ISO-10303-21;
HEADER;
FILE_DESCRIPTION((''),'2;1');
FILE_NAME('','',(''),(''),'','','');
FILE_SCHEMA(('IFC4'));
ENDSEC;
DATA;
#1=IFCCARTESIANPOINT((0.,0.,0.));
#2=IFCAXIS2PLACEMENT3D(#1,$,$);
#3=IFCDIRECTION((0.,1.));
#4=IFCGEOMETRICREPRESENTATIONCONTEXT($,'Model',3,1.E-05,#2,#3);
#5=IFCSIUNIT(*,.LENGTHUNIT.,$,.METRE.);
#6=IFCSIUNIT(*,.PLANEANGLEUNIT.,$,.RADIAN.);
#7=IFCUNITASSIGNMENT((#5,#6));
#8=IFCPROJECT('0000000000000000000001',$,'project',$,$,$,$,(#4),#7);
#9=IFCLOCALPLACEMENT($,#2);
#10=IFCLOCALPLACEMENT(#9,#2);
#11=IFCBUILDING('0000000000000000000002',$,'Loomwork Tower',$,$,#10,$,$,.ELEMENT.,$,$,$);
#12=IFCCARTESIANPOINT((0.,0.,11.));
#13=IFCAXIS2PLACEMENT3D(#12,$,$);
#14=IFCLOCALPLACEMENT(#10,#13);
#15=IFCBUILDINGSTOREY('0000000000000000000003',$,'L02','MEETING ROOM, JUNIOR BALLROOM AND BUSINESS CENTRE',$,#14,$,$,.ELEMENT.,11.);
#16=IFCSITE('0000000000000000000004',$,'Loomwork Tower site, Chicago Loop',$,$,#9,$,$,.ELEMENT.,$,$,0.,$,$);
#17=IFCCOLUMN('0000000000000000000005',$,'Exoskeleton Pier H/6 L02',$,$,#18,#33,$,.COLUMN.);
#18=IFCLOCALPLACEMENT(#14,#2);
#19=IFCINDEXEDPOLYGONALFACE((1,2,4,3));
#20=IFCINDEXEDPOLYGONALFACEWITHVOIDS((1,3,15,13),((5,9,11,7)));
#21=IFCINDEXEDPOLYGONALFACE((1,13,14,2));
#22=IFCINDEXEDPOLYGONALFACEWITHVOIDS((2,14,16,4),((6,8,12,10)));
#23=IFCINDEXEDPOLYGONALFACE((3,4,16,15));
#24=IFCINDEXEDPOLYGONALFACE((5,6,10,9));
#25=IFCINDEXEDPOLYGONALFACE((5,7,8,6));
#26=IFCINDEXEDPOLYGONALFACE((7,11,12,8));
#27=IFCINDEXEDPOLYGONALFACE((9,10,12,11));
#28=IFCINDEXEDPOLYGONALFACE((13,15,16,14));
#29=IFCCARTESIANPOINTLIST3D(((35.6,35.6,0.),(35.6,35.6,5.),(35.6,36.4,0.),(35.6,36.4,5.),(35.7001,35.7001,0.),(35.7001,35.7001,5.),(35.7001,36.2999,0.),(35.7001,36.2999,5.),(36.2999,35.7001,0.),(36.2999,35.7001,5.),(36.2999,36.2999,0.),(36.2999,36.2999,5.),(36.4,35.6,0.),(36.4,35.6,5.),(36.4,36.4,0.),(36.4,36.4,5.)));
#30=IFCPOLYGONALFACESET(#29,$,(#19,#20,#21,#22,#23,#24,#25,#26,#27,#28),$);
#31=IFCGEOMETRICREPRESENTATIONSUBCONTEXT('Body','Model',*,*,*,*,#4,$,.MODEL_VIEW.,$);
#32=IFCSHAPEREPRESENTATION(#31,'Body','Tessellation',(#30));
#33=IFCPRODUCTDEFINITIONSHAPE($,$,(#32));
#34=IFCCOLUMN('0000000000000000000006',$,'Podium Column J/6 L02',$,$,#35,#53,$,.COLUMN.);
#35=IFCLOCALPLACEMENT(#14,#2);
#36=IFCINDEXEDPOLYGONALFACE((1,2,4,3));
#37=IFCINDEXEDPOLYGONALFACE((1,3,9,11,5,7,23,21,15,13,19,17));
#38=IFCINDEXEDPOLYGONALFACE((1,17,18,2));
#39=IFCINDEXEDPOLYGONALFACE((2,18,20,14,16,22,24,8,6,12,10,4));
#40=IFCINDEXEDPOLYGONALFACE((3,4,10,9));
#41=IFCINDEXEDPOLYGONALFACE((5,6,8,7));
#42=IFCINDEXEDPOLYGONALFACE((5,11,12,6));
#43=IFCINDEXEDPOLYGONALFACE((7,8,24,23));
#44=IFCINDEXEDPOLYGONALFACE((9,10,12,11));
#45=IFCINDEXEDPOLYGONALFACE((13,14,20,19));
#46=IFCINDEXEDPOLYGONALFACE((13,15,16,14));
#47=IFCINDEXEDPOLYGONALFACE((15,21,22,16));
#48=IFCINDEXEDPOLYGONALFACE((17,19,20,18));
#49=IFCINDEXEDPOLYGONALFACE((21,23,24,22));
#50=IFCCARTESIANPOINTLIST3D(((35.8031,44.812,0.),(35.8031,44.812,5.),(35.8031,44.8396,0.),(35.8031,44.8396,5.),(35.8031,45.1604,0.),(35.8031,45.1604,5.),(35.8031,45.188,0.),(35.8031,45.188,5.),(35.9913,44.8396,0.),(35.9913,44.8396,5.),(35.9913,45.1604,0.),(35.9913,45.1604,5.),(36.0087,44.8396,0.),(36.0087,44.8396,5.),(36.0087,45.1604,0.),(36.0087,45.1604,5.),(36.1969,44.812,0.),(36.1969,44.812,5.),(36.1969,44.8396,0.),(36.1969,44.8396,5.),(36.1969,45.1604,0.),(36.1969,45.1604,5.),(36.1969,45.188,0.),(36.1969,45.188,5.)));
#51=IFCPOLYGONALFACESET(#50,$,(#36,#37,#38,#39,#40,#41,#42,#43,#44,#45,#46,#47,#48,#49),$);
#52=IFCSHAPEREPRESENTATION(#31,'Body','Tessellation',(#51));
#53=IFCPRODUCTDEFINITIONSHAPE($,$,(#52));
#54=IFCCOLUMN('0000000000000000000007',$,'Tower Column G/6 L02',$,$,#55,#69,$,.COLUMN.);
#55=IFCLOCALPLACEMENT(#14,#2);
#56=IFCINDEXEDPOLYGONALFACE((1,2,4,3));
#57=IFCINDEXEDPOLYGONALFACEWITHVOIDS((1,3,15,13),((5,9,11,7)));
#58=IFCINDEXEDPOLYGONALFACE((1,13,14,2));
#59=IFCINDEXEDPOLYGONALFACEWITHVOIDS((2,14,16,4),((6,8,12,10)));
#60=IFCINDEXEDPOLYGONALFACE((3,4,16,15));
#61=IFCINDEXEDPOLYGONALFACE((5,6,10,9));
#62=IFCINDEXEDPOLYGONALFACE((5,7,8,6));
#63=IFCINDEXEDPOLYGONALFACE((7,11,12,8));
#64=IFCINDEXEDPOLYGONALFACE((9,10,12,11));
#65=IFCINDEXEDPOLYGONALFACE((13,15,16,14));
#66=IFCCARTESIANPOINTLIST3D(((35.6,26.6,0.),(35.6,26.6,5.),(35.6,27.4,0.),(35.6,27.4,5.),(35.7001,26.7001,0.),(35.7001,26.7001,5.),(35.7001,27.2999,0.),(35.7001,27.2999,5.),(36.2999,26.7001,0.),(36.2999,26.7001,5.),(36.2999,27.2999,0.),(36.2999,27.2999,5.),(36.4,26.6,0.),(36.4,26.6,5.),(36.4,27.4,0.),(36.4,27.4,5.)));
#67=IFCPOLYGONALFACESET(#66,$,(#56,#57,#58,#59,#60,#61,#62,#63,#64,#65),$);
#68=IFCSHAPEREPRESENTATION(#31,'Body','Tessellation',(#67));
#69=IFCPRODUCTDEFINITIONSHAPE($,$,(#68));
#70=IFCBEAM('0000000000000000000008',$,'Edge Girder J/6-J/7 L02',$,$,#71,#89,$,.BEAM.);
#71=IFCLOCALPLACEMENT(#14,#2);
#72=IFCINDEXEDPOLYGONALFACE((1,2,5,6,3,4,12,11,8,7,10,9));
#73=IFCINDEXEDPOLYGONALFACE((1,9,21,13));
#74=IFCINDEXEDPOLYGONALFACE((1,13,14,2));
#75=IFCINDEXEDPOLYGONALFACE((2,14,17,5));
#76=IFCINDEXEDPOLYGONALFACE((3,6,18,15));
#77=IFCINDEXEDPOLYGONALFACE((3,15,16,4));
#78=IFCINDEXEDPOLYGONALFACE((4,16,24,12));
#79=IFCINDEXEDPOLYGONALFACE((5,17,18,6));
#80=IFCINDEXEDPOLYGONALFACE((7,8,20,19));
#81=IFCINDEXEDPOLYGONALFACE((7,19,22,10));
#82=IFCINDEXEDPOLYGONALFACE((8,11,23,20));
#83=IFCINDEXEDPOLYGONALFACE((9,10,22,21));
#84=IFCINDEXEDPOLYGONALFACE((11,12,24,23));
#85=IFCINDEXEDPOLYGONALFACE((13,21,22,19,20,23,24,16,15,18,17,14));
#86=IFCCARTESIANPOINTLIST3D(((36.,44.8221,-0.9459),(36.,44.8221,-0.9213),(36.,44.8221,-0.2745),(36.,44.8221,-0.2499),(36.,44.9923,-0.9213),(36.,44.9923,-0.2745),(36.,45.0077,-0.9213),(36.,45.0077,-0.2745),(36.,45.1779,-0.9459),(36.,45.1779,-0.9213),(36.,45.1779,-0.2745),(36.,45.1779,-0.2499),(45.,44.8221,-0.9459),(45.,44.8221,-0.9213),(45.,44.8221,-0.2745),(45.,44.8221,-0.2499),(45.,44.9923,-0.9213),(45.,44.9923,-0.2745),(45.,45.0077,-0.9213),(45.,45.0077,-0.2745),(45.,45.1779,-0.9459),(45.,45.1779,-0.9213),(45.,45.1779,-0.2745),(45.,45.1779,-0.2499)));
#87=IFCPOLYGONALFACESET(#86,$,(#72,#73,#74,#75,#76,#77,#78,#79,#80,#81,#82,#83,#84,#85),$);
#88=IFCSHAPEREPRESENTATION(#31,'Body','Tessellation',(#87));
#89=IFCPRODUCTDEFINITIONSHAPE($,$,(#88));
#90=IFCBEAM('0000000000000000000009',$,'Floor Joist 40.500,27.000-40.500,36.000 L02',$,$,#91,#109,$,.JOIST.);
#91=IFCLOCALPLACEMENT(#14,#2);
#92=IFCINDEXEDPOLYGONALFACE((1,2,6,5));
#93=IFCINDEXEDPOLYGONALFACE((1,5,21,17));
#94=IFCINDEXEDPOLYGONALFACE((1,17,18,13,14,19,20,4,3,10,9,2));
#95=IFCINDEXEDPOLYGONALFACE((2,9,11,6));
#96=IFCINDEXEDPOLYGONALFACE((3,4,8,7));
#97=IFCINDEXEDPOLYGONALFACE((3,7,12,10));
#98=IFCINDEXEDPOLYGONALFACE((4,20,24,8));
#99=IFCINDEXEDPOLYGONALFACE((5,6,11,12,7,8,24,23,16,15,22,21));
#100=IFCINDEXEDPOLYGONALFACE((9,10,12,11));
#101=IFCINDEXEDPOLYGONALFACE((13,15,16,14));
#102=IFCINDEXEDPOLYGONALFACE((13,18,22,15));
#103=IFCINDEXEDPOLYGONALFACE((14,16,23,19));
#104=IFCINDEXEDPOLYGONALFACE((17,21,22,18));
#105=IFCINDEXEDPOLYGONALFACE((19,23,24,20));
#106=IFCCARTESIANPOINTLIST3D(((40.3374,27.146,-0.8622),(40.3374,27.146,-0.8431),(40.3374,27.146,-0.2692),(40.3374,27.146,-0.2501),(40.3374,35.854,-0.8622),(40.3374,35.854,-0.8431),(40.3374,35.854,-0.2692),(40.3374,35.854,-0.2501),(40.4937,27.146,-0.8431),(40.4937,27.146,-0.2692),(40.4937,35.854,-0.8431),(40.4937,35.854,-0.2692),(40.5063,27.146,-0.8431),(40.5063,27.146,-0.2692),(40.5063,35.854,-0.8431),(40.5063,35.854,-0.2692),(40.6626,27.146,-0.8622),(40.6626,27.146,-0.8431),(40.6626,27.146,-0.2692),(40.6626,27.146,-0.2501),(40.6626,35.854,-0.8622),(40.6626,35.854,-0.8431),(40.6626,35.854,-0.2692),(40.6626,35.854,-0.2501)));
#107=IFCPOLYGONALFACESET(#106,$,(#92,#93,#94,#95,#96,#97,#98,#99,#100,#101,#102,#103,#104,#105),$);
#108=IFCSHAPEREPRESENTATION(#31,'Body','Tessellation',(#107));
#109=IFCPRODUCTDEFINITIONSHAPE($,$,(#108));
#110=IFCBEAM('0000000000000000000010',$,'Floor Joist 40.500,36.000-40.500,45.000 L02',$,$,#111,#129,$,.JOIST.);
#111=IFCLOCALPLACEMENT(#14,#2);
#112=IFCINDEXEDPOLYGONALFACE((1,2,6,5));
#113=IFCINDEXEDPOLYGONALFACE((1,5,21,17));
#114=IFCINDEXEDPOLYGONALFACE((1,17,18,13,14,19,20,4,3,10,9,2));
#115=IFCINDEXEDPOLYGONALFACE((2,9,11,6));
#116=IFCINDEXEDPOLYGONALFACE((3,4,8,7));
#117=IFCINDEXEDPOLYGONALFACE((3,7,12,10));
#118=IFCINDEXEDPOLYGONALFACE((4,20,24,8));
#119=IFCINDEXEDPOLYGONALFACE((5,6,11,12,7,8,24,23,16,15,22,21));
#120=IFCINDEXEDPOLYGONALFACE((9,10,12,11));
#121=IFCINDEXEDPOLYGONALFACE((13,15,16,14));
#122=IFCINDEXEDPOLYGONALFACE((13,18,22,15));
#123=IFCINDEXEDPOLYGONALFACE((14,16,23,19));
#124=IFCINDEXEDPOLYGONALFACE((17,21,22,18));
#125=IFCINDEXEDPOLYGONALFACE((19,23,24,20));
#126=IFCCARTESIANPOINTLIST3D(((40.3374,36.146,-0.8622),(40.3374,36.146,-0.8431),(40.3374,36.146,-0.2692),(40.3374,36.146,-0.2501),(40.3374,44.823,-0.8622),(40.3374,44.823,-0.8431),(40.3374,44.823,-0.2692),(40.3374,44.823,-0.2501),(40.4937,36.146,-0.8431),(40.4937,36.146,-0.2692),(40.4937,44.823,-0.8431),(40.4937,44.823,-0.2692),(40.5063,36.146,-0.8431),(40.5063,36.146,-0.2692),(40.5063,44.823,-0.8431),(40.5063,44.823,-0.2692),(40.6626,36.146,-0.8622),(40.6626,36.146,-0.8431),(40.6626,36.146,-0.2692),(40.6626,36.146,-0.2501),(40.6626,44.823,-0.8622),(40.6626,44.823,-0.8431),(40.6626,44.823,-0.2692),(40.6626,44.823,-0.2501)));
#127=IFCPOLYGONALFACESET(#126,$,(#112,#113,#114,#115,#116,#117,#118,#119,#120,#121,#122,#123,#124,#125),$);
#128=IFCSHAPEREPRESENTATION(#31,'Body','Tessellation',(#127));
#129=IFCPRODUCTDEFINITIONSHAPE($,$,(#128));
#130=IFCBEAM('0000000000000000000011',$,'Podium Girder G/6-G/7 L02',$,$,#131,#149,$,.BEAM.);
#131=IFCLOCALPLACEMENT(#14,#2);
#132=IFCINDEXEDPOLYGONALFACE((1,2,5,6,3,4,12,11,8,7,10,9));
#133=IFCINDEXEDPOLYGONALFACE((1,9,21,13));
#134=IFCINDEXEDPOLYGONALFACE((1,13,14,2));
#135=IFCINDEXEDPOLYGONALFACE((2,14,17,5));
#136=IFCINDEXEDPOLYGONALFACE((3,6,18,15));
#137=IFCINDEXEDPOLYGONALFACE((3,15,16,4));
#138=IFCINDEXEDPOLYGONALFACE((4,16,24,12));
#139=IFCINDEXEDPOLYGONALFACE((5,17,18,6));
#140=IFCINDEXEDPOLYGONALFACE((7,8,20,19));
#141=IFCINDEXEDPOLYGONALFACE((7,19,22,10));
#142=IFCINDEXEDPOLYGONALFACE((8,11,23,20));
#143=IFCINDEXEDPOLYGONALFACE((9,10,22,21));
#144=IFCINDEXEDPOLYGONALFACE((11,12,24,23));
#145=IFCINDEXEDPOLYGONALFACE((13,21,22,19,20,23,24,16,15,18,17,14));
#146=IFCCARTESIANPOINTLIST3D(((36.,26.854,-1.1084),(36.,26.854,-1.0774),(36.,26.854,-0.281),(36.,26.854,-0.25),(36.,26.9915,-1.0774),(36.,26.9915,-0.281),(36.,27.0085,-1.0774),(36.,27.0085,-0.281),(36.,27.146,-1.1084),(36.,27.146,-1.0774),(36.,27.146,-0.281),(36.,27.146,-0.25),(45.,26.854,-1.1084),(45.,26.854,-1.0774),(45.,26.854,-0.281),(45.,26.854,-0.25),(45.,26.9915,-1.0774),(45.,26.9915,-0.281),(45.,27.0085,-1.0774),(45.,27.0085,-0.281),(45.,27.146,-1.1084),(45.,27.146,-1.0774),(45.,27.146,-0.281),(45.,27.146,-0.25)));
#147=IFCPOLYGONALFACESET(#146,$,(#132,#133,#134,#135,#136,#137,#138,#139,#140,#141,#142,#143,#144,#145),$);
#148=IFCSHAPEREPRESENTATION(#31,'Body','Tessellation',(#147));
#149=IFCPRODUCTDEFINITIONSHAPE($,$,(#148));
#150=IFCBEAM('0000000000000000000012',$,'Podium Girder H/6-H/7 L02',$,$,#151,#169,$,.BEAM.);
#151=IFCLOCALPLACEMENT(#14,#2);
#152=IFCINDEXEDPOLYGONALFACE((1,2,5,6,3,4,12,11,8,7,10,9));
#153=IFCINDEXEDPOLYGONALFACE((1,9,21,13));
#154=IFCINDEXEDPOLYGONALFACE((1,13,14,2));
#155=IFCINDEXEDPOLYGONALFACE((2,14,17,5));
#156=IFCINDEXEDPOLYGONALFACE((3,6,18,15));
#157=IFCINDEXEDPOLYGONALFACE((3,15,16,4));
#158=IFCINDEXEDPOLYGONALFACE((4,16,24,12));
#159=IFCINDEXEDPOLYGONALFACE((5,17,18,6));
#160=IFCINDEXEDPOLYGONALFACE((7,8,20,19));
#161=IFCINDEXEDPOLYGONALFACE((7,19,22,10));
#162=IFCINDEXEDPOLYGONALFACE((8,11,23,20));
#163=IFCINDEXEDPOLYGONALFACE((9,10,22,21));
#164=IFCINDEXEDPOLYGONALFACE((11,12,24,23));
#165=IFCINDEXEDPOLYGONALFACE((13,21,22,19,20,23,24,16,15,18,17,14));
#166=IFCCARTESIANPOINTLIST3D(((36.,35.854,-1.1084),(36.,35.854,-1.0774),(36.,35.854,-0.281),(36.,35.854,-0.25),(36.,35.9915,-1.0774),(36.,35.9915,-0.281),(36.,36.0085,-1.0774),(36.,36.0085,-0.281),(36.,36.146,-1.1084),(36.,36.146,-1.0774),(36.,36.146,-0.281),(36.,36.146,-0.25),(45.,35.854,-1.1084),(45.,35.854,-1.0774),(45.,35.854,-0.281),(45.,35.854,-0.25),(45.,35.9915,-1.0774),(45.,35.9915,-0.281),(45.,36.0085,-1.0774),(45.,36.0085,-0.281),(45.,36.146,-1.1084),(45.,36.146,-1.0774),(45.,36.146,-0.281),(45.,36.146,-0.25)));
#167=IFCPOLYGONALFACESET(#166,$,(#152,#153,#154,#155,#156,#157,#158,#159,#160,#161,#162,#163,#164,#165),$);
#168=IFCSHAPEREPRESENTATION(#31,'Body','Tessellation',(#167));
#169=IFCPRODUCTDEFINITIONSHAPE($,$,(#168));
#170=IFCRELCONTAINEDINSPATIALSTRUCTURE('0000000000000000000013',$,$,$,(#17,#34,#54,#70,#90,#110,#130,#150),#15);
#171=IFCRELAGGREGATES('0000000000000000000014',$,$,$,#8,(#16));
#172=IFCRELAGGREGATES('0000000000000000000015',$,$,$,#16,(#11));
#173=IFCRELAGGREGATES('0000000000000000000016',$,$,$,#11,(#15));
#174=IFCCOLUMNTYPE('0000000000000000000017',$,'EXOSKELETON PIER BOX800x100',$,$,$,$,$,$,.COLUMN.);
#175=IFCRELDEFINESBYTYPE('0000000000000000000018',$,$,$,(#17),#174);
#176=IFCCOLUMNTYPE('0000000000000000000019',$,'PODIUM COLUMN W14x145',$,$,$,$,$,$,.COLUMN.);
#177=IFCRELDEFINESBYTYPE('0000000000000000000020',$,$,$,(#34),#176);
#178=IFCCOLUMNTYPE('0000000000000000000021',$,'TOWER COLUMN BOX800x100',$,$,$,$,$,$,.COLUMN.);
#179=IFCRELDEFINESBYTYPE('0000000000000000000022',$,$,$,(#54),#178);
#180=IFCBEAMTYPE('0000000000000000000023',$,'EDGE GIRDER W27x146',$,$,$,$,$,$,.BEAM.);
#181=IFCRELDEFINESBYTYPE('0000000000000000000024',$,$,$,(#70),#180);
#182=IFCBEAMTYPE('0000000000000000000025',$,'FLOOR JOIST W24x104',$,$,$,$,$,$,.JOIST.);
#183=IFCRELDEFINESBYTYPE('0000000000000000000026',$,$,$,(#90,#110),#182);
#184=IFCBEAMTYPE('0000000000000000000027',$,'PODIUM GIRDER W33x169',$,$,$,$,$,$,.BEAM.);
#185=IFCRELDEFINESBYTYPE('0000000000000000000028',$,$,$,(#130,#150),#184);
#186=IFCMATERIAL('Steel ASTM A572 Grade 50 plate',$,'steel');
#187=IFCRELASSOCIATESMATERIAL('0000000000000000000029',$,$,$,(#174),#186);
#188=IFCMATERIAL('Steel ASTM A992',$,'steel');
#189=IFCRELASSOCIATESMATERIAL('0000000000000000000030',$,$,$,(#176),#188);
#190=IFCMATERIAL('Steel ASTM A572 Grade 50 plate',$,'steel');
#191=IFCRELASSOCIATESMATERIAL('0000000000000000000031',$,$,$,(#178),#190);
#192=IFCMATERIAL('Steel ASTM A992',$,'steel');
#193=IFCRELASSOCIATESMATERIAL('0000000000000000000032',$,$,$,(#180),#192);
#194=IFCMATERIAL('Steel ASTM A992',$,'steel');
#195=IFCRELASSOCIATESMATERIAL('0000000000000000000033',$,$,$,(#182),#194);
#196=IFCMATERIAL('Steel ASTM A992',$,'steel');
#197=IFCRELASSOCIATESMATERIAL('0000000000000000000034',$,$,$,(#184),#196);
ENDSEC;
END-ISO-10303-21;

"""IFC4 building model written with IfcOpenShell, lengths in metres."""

from ifc_helpers import new_model, si_unit, direction, frame, origin, origin_2d, place, context, subcontext, project, spatial, hollow_rectangle, i_section, extrude, material, material_profile, profile_set, type_object, element, save


model = new_model("IFC4")

# Units and contexts
model_context = context("Model", 3, precision=1e-05, world=origin(), true_north=direction((0.0, 1.0)))
body_context = subcontext(model_context, "Body", "Model", "MODEL_VIEW")
ifc_project = project(units=[si_unit("LENGTHUNIT", "METRE"), si_unit("PLANEANGLEUNIT", "RADIAN")], contexts=[model_context])

# Site, building, storey
site_placement = place(None, origin())
site = spatial("IfcSite", under=ifc_project, at=site_placement, Name="Loomwork Tower site, Chicago Loop", CompositionType="ELEMENT", RefElevation=0.0)
building_placement = place(site_placement, origin())
building = spatial("IfcBuilding", under=site, at=building_placement, Name="Loomwork Tower", CompositionType="ELEMENT")
storey_placement = place(building_placement, frame((0.0, 0.0, 11.0)))
storey = spatial("IfcBuildingStorey", under=building, at=storey_placement, Name="L02", Description="MEETING ROOM, JUNIOR BALLROOM AND BUSINESS CENTRE", CompositionType="ELEMENT", Elevation=11.0)

# Columns
ifc_material_1 = material(Name="Steel ASTM A572 Grade 50 plate", Category="steel")
ifc_material_profile_1 = material_profile(ifc_material_1, hollow_rectangle(XDim=0.8, YDim=0.8, WallThickness=0.1001, at=origin_2d()), Name="BOX800x100")
ifc_profile_set_1 = profile_set([ifc_material_profile_1], Name="Steel ASTM A572 Grade 50 plate")
column_type_1 = type_object("IfcColumnType", Name="EXOSKELETON PIER BOX800x100", PredefinedType="COLUMN", material=ifc_profile_set_1)
column_1_placement = place(storey_placement, frame((36.0, 36.0, 0.0), z_axis=(0.0, 0.0, 1.0), x_axis=(1.0, 0.0, 0.0)))
element("IfcColumn", 1, at=column_1_placement, inside=storey, type_object=column_type_1, Name="Exoskeleton Pier H/6 L02", PredefinedType="COLUMN", context=body_context, shape_type="SweptSolid", body=[
    extrude(hollow_rectangle(XDim=0.8, YDim=0.8, WallThickness=0.1001, at=origin_2d()), origin(), (0.0, 0.0, 1.0), 5.0),
])
ifc_material_2 = material(Name="Steel ASTM A992", Category="steel")
ifc_material_profile_2 = material_profile(ifc_material_2, i_section(OverallWidth=0.3938, OverallDepth=0.376, WebThickness=0.0173, FlangeThickness=0.0276, at=origin_2d()), Name="W14x145")
ifc_profile_set_2 = profile_set([ifc_material_profile_2], Name="Steel ASTM A992")
column_type_2 = type_object("IfcColumnType", Name="PODIUM COLUMN W14x145", PredefinedType="COLUMN", material=ifc_profile_set_2)
column_2_placement = place(storey_placement, frame((36.0, 45.0, 0.0), z_axis=(0.0, 0.0, 1.0), x_axis=(1.0, 0.0, 0.0)))
element("IfcColumn", 2, at=column_2_placement, inside=storey, type_object=column_type_2, Name="Podium Column J/6 L02", PredefinedType="COLUMN", context=body_context, shape_type="SweptSolid", body=[
    extrude(i_section(OverallWidth=0.3938, OverallDepth=0.376, WebThickness=0.0173, FlangeThickness=0.0276, at=origin_2d()), origin(), (0.0, 0.0, 1.0), 5.0),
])
ifc_material_3 = material(Name="Steel ASTM A572 Grade 50 plate", Category="steel")
ifc_material_profile_3 = material_profile(ifc_material_3, hollow_rectangle(XDim=0.8, YDim=0.8, WallThickness=0.1001, at=origin_2d()), Name="BOX800x100")
ifc_profile_set_3 = profile_set([ifc_material_profile_3], Name="Steel ASTM A572 Grade 50 plate")
column_type_3 = type_object("IfcColumnType", Name="TOWER COLUMN BOX800x100", PredefinedType="COLUMN", material=ifc_profile_set_3)
column_3_placement = place(storey_placement, frame((36.0, 27.0, 0.0), z_axis=(0.0, 0.0, 1.0), x_axis=(1.0, 0.0, 0.0)))
element("IfcColumn", 3, at=column_3_placement, inside=storey, type_object=column_type_3, Name="Tower Column G/6 L02", PredefinedType="COLUMN", context=body_context, shape_type="SweptSolid", body=[
    extrude(hollow_rectangle(XDim=0.8, YDim=0.8, WallThickness=0.1001, at=origin_2d()), origin(), (0.0, 0.0, 1.0), 5.0),
])

# Beams
ifc_material_4 = material(Name="Steel ASTM A992", Category="steel")
ifc_material_profile_4 = material_profile(ifc_material_4, i_section(OverallWidth=0.3557, OverallDepth=0.696, WebThickness=0.0154, FlangeThickness=0.0247, at=origin_2d()), Name="W27x146")
ifc_profile_set_4 = profile_set([ifc_material_profile_4], Name="Steel ASTM A992")
beam_type_1 = type_object("IfcBeamType", Name="EDGE GIRDER W27x146", PredefinedType="BEAM", material=ifc_profile_set_4)
beam_1_placement = place(storey_placement, frame((36.0, 45.0, -0.5979), z_axis=(1.0, 0.0, 0.0), x_axis=(0.0, 1.0, 0.0)))
element("IfcBeam", 4, at=beam_1_placement, inside=storey, type_object=beam_type_1, Name="Edge Girder J/6-J/7 L02", PredefinedType="BEAM", context=body_context, shape_type="SweptSolid", body=[
    extrude(i_section(OverallWidth=0.3557, OverallDepth=0.696, WebThickness=0.0154, FlangeThickness=0.0247, at=origin_2d()), origin(), (0.0, 0.0, 1.0), 9.0),
])
ifc_material_5 = material(Name="Steel ASTM A992", Category="steel")
ifc_material_profile_5 = material_profile(ifc_material_5, i_section(OverallWidth=0.3252, OverallDepth=0.6121, WebThickness=0.0127, FlangeThickness=0.019, at=origin_2d()), Name="W24x104")
ifc_profile_set_5 = profile_set([ifc_material_profile_5], Name="Steel ASTM A992")
beam_type_2 = type_object("IfcBeamType", Name="FLOOR JOIST W24x104", PredefinedType="JOIST", material=ifc_profile_set_5)
beam_2_placement = place(storey_placement, frame((40.5, 27.146, -0.5562), z_axis=(0.0, 1.0, 0.0), x_axis=(-1.0, 0.0, 0.0)))
element("IfcBeam", 5, at=beam_2_placement, inside=storey, type_object=beam_type_2, Name="Floor Joist 40.500,27.000-40.500,36.000 L02", PredefinedType="JOIST", context=body_context, shape_type="SweptSolid", body=[
    extrude(i_section(OverallWidth=0.3252, OverallDepth=0.6121, WebThickness=0.0127, FlangeThickness=0.019, at=origin_2d()), origin(), (0.0, 0.0, 1.0), 8.708),
])
beam_3_placement = place(storey_placement, frame((40.5, 36.146, -0.5562), z_axis=(0.0, 1.0, 0.0), x_axis=(-1.0, 0.0, 0.0)))
element("IfcBeam", 6, at=beam_3_placement, inside=storey, type_object=beam_type_2, Name="Floor Joist 40.500,36.000-40.500,45.000 L02", PredefinedType="JOIST", context=body_context, shape_type="SweptSolid", body=[
    extrude(i_section(OverallWidth=0.3252, OverallDepth=0.6121, WebThickness=0.0127, FlangeThickness=0.019, at=origin_2d()), origin(), (0.0, 0.0, 1.0), 8.677),
])
ifc_material_6 = material(Name="Steel ASTM A992", Category="steel")
ifc_material_profile_6 = material_profile(ifc_material_6, i_section(OverallWidth=0.292, OverallDepth=0.8584, WebThickness=0.0171, FlangeThickness=0.031, at=origin_2d()), Name="W33x169")
ifc_profile_set_6 = profile_set([ifc_material_profile_6], Name="Steel ASTM A992")
beam_type_3 = type_object("IfcBeamType", Name="PODIUM GIRDER W33x169", PredefinedType="BEAM", material=ifc_profile_set_6)
for number, where, z_axis, x_axis, name in (
    (7, (36.0, 27.0, -0.6792), (1.0, 0.0, 0.0), (0.0, 1.0, 0.0), "Podium Girder G/6-G/7 L02"),
    (8, (36.0, 36.0, -0.6792), (1.0, 0.0, 0.0), (0.0, 1.0, 0.0), "Podium Girder H/6-H/7 L02"),
):
    element("IfcBeam", number, at=place(storey_placement, frame(where, z_axis=z_axis, x_axis=x_axis)), inside=storey, type_object=beam_type_3, Name=name, PredefinedType="BEAM", context=body_context, shape_type="SweptSolid", body=[
        extrude(i_section(OverallWidth=0.292, OverallDepth=0.8584, WebThickness=0.0171, FlangeThickness=0.031, at=origin_2d()), origin(), (0.0, 0.0, 1.0), 9.0),
    ])

save(model, "model.ifc")
